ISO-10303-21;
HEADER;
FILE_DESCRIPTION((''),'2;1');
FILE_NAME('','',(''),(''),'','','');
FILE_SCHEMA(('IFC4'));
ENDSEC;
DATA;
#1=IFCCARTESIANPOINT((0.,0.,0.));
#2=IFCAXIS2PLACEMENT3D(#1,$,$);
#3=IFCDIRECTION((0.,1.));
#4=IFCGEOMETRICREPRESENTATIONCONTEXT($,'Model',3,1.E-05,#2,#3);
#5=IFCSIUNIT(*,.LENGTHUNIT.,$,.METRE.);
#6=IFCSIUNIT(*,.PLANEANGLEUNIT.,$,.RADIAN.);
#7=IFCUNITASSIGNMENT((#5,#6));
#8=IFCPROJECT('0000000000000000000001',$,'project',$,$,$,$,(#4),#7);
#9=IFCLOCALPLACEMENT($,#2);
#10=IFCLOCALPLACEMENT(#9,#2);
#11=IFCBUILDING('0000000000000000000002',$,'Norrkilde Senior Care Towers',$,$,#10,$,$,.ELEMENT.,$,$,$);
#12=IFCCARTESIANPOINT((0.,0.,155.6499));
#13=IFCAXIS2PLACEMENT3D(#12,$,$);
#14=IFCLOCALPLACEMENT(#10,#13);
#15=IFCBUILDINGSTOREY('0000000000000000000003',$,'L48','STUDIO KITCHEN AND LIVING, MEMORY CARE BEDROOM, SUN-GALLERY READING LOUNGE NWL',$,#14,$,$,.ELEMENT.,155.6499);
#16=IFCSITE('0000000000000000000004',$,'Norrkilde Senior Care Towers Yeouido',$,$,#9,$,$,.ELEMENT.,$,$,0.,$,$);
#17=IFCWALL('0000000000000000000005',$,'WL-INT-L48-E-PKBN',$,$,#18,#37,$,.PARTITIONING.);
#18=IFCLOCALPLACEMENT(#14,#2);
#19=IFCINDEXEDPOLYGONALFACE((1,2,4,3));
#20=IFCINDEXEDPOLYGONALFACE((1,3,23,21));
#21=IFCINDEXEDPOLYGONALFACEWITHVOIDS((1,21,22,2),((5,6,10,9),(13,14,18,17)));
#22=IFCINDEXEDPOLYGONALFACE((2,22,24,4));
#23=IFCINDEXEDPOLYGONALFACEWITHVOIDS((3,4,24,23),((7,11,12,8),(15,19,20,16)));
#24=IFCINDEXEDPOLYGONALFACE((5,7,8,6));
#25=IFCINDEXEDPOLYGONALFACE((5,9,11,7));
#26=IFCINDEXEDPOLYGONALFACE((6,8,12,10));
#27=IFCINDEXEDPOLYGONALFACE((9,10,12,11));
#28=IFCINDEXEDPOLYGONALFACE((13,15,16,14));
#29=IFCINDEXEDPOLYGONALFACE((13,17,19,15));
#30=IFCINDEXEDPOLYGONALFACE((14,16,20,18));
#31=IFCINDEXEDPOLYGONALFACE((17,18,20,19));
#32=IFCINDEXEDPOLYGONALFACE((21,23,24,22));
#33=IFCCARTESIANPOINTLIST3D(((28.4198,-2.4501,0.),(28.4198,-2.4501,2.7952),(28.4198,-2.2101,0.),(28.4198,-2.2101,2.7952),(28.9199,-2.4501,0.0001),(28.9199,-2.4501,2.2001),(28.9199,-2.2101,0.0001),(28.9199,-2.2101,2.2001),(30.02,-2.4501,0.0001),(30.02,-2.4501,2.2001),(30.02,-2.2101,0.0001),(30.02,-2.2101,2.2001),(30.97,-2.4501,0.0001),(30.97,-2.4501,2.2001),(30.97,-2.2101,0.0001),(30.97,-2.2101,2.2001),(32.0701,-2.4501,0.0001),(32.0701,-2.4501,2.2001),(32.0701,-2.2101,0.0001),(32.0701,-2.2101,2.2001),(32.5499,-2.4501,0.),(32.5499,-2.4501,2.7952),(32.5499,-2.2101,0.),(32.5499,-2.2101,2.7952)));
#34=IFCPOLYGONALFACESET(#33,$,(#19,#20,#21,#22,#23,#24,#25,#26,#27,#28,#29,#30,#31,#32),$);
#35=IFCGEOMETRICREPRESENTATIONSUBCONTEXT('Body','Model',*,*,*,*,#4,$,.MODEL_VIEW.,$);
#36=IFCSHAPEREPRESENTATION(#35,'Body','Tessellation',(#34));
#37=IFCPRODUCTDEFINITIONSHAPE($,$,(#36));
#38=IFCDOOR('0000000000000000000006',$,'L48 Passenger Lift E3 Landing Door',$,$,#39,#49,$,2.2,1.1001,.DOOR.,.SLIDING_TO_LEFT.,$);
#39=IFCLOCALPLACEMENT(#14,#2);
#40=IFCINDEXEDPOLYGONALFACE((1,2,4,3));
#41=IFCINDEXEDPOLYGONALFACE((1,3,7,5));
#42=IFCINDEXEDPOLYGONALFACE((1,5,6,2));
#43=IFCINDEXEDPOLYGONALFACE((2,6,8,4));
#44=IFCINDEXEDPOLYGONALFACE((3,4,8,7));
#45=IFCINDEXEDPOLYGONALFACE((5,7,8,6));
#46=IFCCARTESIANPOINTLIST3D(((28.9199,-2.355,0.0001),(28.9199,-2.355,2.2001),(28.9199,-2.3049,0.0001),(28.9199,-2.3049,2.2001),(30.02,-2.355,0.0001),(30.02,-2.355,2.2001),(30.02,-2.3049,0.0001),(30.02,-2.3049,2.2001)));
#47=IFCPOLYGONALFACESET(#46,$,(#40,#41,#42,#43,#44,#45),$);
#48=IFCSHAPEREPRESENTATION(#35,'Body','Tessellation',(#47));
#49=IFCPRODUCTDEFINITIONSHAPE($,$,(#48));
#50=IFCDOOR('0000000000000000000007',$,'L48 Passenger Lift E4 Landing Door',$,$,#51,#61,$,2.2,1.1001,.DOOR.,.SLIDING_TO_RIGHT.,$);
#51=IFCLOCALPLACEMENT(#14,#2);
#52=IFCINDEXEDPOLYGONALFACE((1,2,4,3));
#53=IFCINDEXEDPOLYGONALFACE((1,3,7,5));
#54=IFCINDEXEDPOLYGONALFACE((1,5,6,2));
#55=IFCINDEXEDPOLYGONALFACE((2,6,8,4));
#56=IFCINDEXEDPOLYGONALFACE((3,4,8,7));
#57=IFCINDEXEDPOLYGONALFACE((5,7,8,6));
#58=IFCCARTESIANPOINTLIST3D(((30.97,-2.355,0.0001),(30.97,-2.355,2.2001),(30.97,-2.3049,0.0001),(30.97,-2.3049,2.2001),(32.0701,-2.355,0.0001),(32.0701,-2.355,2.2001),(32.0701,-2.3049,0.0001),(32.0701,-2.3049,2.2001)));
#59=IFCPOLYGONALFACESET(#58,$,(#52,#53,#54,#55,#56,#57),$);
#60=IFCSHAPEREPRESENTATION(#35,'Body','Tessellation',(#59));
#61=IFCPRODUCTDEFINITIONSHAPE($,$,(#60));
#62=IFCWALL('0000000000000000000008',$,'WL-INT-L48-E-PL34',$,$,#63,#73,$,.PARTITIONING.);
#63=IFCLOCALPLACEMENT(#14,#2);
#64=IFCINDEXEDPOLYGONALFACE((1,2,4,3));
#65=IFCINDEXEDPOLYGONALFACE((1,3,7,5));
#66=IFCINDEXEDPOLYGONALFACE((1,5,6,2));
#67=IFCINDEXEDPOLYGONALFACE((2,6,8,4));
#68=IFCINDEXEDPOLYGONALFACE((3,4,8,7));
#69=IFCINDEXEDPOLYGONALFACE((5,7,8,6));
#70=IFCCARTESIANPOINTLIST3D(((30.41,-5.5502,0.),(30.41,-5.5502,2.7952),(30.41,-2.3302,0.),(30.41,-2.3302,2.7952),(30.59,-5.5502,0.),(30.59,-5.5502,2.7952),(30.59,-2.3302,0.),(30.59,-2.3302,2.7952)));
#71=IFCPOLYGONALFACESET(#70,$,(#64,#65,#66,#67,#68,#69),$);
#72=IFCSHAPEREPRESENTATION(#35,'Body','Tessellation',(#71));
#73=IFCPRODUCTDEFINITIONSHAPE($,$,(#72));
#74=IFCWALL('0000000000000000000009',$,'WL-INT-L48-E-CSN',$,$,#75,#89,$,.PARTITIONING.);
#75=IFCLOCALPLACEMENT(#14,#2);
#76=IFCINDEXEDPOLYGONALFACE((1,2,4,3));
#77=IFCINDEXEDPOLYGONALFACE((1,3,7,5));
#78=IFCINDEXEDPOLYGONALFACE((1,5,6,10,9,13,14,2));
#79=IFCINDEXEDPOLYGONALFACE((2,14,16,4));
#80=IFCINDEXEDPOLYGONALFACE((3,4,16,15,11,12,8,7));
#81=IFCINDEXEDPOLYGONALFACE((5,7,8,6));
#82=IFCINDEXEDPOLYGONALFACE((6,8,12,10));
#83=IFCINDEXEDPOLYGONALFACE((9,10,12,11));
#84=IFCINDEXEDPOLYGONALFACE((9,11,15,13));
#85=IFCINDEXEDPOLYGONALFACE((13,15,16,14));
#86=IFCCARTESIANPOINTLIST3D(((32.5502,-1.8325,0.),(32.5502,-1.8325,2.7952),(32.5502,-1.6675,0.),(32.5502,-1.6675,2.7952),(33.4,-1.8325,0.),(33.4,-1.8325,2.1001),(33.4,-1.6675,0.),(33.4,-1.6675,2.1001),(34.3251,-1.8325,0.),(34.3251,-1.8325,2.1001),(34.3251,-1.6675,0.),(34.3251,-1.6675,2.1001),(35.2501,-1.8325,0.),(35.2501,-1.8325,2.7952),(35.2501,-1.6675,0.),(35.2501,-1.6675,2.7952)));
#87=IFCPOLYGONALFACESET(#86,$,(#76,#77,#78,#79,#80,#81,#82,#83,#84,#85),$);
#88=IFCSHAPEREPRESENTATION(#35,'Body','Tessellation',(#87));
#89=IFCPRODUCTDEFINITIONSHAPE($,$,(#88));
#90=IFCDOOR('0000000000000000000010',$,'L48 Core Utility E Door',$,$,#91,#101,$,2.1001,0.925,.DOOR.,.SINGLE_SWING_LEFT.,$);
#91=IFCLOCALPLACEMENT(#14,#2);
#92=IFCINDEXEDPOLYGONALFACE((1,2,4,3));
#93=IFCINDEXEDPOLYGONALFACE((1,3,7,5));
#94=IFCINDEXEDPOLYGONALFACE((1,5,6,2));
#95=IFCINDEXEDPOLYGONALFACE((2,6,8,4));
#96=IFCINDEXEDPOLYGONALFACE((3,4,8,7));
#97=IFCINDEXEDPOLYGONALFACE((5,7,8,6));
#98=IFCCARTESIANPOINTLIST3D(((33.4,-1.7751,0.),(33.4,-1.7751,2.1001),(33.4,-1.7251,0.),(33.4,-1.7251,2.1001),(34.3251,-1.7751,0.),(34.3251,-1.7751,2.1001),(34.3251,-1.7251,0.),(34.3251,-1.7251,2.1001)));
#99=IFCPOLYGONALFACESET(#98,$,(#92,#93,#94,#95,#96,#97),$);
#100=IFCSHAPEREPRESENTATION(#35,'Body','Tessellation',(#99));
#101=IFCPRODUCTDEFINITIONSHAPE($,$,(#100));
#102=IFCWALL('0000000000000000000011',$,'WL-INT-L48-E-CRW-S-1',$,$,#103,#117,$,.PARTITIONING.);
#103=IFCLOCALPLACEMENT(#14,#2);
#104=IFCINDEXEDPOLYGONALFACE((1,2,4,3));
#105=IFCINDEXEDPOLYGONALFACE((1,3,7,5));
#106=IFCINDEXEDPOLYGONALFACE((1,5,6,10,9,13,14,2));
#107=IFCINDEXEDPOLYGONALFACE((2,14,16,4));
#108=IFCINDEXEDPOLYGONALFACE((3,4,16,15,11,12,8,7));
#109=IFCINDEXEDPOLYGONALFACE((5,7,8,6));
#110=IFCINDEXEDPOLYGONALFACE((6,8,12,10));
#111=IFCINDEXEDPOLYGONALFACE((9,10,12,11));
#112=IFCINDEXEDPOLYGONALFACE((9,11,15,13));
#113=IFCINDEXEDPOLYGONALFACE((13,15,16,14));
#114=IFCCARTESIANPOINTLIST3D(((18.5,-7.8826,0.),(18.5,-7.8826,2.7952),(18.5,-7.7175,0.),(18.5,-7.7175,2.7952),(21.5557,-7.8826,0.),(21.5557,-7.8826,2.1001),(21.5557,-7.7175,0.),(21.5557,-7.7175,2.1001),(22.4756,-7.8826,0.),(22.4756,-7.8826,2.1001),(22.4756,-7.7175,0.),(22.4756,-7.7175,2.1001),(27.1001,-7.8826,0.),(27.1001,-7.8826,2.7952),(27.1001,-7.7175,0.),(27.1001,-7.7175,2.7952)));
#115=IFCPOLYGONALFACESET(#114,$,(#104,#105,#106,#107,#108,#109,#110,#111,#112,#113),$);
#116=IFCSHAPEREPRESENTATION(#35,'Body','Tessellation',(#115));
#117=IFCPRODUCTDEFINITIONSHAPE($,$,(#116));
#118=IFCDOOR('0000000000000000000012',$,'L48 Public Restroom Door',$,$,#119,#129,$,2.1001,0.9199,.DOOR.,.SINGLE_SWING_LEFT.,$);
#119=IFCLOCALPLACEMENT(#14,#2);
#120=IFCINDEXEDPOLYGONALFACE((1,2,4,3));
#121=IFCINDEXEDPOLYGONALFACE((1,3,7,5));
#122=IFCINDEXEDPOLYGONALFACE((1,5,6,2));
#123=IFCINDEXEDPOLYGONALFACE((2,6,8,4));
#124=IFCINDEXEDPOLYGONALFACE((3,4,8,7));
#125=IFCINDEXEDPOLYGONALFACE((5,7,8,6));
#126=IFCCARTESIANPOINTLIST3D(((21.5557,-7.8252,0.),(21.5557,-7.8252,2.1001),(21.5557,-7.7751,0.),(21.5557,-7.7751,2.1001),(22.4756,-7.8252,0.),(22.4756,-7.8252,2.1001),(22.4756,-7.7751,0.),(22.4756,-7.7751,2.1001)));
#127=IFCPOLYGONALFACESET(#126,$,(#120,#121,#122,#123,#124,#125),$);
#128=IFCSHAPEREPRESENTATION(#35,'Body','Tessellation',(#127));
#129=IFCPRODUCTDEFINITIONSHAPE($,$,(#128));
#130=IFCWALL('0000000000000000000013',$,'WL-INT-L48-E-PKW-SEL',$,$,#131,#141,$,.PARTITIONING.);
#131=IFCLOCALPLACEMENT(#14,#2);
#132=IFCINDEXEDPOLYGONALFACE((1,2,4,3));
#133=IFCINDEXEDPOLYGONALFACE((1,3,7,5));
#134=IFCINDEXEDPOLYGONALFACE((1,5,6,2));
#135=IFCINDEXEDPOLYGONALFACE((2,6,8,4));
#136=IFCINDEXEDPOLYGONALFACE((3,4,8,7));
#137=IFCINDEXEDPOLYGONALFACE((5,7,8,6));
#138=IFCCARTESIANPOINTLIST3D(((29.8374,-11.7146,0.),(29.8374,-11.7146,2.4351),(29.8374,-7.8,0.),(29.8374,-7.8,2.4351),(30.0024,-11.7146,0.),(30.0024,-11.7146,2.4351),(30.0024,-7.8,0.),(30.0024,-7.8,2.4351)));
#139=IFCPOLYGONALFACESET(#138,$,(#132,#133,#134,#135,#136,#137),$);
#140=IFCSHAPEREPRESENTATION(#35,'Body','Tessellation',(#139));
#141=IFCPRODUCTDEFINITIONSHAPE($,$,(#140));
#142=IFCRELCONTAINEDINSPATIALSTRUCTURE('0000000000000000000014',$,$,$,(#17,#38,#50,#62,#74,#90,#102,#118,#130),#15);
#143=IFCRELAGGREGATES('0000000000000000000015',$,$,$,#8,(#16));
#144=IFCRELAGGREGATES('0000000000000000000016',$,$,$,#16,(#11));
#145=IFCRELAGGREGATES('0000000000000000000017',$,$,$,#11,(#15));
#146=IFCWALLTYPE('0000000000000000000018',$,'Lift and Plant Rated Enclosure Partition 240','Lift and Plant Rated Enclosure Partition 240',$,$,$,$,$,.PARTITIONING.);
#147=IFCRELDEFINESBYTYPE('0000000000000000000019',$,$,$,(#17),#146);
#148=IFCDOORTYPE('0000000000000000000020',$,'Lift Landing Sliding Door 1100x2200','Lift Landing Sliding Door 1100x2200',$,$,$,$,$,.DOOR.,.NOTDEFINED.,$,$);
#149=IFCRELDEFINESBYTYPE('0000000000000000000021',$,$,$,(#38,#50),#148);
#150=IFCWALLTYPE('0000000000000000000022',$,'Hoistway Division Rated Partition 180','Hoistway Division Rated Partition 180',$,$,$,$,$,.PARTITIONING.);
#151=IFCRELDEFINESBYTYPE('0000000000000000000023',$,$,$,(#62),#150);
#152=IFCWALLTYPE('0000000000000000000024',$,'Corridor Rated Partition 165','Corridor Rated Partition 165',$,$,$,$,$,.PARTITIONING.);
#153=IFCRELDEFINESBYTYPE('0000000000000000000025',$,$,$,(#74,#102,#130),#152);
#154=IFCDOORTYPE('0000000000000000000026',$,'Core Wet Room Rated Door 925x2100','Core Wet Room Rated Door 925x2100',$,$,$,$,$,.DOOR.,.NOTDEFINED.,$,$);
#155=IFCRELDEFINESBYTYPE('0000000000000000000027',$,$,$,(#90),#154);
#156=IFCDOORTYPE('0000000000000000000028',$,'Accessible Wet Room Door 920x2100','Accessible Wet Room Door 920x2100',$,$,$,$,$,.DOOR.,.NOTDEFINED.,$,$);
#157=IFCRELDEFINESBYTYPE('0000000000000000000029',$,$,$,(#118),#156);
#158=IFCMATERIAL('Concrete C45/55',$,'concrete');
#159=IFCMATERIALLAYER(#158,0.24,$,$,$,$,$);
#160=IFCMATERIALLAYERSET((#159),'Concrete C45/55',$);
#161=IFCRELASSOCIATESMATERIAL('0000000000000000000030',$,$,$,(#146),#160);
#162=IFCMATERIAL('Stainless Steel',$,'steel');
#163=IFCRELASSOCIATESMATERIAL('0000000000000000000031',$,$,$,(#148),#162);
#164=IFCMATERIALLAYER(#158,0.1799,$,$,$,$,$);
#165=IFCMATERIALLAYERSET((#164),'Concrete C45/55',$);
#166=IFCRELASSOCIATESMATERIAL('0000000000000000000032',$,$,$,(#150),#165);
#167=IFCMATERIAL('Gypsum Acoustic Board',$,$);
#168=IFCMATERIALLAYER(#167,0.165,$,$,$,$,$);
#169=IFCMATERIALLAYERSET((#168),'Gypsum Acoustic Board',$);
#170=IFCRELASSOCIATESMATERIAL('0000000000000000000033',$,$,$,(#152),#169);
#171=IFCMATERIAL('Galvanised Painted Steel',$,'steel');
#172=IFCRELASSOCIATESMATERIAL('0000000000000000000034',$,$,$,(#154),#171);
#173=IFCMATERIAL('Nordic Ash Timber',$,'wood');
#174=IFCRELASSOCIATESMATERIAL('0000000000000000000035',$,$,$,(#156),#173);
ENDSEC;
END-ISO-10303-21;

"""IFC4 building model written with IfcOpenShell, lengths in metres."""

from ifc_helpers import new_model, si_unit, direction, frame, frame_2d, origin, place, context, subcontext, project, spatial, rectangle, extrude, source, transform, mapped, material, layer, layer_set, type_object, type_shapes, element, fill, save


model = new_model("IFC4")

# Units and contexts
model_context = context("Model", 3, precision=1e-05, world=origin(), true_north=direction((0.0, 1.0)))
body_context = subcontext(model_context, "Body", "Model", "MODEL_VIEW")
ifc_project = project(units=[si_unit("LENGTHUNIT", "METRE"), si_unit("PLANEANGLEUNIT", "RADIAN")], contexts=[model_context])

# Site, building, storey
site_placement = place(None, origin())
site = spatial("IfcSite", under=ifc_project, at=site_placement, Name="Norrkilde Senior Care Towers Yeouido", CompositionType="ELEMENT", RefElevation=0.0)
building_placement = place(site_placement, origin())
building = spatial("IfcBuilding", under=site, at=building_placement, Name="Norrkilde Senior Care Towers", CompositionType="ELEMENT")
storey_placement = place(building_placement, frame((0.0, 0.0, 155.6499)))
storey = spatial("IfcBuildingStorey", under=building, at=storey_placement, Name="L48", Description="STUDIO KITCHEN AND LIVING, MEMORY CARE BEDROOM, SUN-GALLERY READING LOUNGE NWL", CompositionType="ELEMENT", Elevation=155.6499)

# Shared definitions
ifc_material_1 = material(Name="Concrete C45/55", Category="concrete")

# Shared definitions
ifc_material_2 = material(Name="Galvanised Painted Steel", Category="steel")

# Wall, openings, doors
ifc_layer_1 = layer(ifc_material_1, 0.24)
ifc_layer_set_1 = layer_set([ifc_layer_1], Name="Concrete C45/55")
wall_type_1 = type_object("IfcWallType", Name="Lift and Plant Rated Enclosure Partition 240", Description="Lift and Plant Rated Enclosure Partition 240", PredefinedType="PARTITIONING", material=ifc_layer_set_1)
shared_shape_1 = source(origin(), body_context, "Body", "SweptSolid", [
    extrude(rectangle(XDim=4.1301, YDim=0.24, at=frame_2d((2.0649, 0.0))), origin(), (0.0, 0.0, 1.0), 2.7952),
])
type_shapes(wall_type_1, [shared_shape_1])
wall_1_placement = place(storey_placement, frame((28.4199, -2.3301, 0.0), z_axis=(0.0, 0.0, 1.0), x_axis=(1.0, 0.0, 0.0)))
wall_1 = element("IfcWall", 1, at=wall_1_placement, inside=storey, type_object=wall_type_1, Name="WL-INT-L48-E-PKBN", PredefinedType="PARTITIONING", context=body_context, shape_type="MappedRepresentation", body=[
    mapped(shared_shape_1, transform((0.0, 0.0, 0.0), x_axis=(1.0, 0.0, 0.0), y_axis=(0.0, 1.0, 0.0), z_axis=(0.0, 0.0, 1.0), scale=1.0)),
])
opening_1_placement = place(wall_1_placement, frame((0.5, 0.0, 0.0)))
opening_1 = element("IfcOpeningElement", 2, at=opening_1_placement, cuts=wall_1, PredefinedType="OPENING", context=body_context, shape_type="SweptSolid", body=[
    extrude(rectangle(XDim=1.1001, YDim=2.2, at=frame_2d((0.55, 1.1001))), frame((0.0, 0.1299, 0.0), z_axis=(0.0, -1.0, 0.0), x_axis=(1.0, 0.0, 0.0)), (0.0, 0.0, 1.0), 0.26),
])
opening_2_placement = place(wall_1_placement, frame((2.55, 0.0, 0.0)))
opening_2 = element("IfcOpeningElement", 3, at=opening_2_placement, cuts=wall_1, PredefinedType="OPENING", context=body_context, shape_type="SweptSolid", body=[
    extrude(rectangle(XDim=1.1001, YDim=2.2, at=frame_2d((0.55, 1.1001))), frame((0.0, 0.1299, 0.0), z_axis=(0.0, -1.0, 0.0), x_axis=(1.0, 0.0, 0.0)), (0.0, 0.0, 1.0), 0.26),
])
ifc_material_3 = material(Name="Stainless Steel", Category="steel")
door_type_1 = type_object("IfcDoorType", Name="Lift Landing Sliding Door 1100x2200", Description="Lift Landing Sliding Door 1100x2200", OperationType="NOTDEFINED", PredefinedType="DOOR", material=ifc_material_3)
shared_shape_2 = source(origin(), body_context, "Body", "SweptSolid", [
    extrude(rectangle(XDim=1.1001, YDim=2.2, at=frame_2d((0.55, 1.1001))), frame((0.0, 0.0249, 0.0), z_axis=(0.0, -1.0, 0.0), x_axis=(1.0, 0.0, 0.0)), (0.0, 0.0, 1.0), 0.05),
])
type_shapes(door_type_1, [shared_shape_2])
door_1_placement = place(opening_1_placement, frame((1.1001, 0.0, 0.0), z_axis=(0.0, 0.0, 1.0), x_axis=(-1.0, 0.0, 0.0)))
door_1 = element("IfcDoor", 4, at=door_1_placement, inside=storey, type_object=door_type_1, Name="L48 Passenger Lift E3 Landing Door", OperationType="SLIDING_TO_LEFT", OverallHeight=2.2, OverallWidth=1.1001, PredefinedType="DOOR", context=body_context, shape_type="MappedRepresentation", body=[
    mapped(shared_shape_2, transform((0.0, 0.0, 0.0), x_axis=(1.0, 0.0, 0.0), y_axis=(0.0, 1.0, 0.0), z_axis=(0.0, 0.0, 1.0), scale=1.0)),
])
fill(opening_1, door_1)
door_2_placement = place(opening_2_placement, frame((1.1001, 0.0, 0.0), z_axis=(0.0, 0.0, 1.0), x_axis=(-1.0, 0.0, 0.0)))
door_2 = element("IfcDoor", 5, at=door_2_placement, inside=storey, type_object=door_type_1, Name="L48 Passenger Lift E4 Landing Door", OperationType="SLIDING_TO_RIGHT", OverallHeight=2.2, OverallWidth=1.1001, PredefinedType="DOOR", context=body_context, shape_type="MappedRepresentation", body=[
    mapped(shared_shape_2, transform((0.0, 0.0, 0.0), x_axis=(1.0, 0.0, 0.0), y_axis=(0.0, 1.0, 0.0), z_axis=(0.0, 0.0, 1.0), scale=1.0)),
])
fill(opening_2, door_2)

# Wall
ifc_layer_2 = layer(ifc_material_1, 0.1799)
ifc_layer_set_2 = layer_set([ifc_layer_2], Name="Concrete C45/55")
wall_type_2 = type_object("IfcWallType", Name="Hoistway Division Rated Partition 180", Description="Hoistway Division Rated Partition 180", PredefinedType="PARTITIONING", material=ifc_layer_set_2)
shared_shape_3 = source(origin(), body_context, "Body", "SweptSolid", [
    extrude(rectangle(XDim=3.22, YDim=0.1799, at=frame_2d((1.6099, 0.0))), origin(), (0.0, 0.0, 1.0), 2.7952),
])
type_shapes(wall_type_2, [shared_shape_3])
wall_2_placement = place(storey_placement, frame((30.5, -5.55, 0.0), z_axis=(0.0, 0.0, 1.0), x_axis=(0.0, 1.0, 0.0)))
element("IfcWall", 6, at=wall_2_placement, inside=storey, type_object=wall_type_2, Name="WL-INT-L48-E-PL34", PredefinedType="PARTITIONING", context=body_context, shape_type="MappedRepresentation", body=[
    mapped(shared_shape_3, transform((0.0, 0.0, 0.0), x_axis=(1.0, 0.0, 0.0), y_axis=(0.0, 1.0, 0.0), z_axis=(0.0, 0.0, 1.0), scale=1.0)),
])

# Walls, openings, doors
ifc_material_4 = material(Name="Gypsum Acoustic Board")
ifc_layer_3 = layer(ifc_material_4, 0.165)
ifc_layer_set_3 = layer_set([ifc_layer_3], Name="Gypsum Acoustic Board")
wall_type_3 = type_object("IfcWallType", Name="Corridor Rated Partition 165", Description="Corridor Rated Partition 165", PredefinedType="PARTITIONING", material=ifc_layer_set_3)
shared_shape_4 = source(origin(), body_context, "Body", "SweptSolid", [
    extrude(rectangle(XDim=2.7, YDim=0.165, at=frame_2d((1.3501, 0.0))), origin(), (0.0, 0.0, 1.0), 2.7952),
])
wall_3_placement = place(storey_placement, frame((32.55, -1.75, 0.0), z_axis=(0.0, 0.0, 1.0), x_axis=(1.0, 0.0, 0.0)))
wall_3 = element("IfcWall", 7, at=wall_3_placement, inside=storey, type_object=wall_type_3, Name="WL-INT-L48-E-CSN", PredefinedType="PARTITIONING", context=body_context, shape_type="MappedRepresentation", body=[
    mapped(shared_shape_4, transform((0.0, 0.0, 0.0), x_axis=(1.0, 0.0, 0.0), y_axis=(0.0, 1.0, 0.0), z_axis=(0.0, 0.0, 1.0), scale=1.0)),
])
opening_3_placement = place(wall_3_placement, frame((0.8501, 0.0, 0.0)))
opening_3 = element("IfcOpeningElement", 8, at=opening_3_placement, cuts=wall_3, PredefinedType="OPENING", context=body_context, shape_type="SweptSolid", body=[
    extrude(rectangle(XDim=0.925, YDim=2.1001, at=frame_2d((0.4624, 1.05))), frame((0.0, 0.0925, 0.0), z_axis=(0.0, -1.0, 0.0), x_axis=(1.0, 0.0, 0.0)), (0.0, 0.0, 1.0), 0.1851),
])
door_type_2 = type_object("IfcDoorType", Name="Core Wet Room Rated Door 925x2100", Description="Core Wet Room Rated Door 925x2100", OperationType="NOTDEFINED", PredefinedType="DOOR", material=ifc_material_2)
shared_shape_5 = source(origin(), body_context, "Body", "SweptSolid", [
    extrude(rectangle(XDim=0.925, YDim=2.1001, at=frame_2d((0.4624, 1.05))), frame((0.0, 0.0249, 0.0), z_axis=(0.0, -1.0, 0.0), x_axis=(1.0, 0.0, 0.0)), (0.0, 0.0, 1.0), 0.05),
])
type_shapes(door_type_2, [shared_shape_5])
door_3_placement = place(opening_3_placement, origin())
door_3 = element("IfcDoor", 9, at=door_3_placement, inside=storey, type_object=door_type_2, Name="L48 Core Utility E Door", OperationType="SINGLE_SWING_LEFT", OverallHeight=2.1001, OverallWidth=0.925, PredefinedType="DOOR", context=body_context, shape_type="MappedRepresentation", body=[
    mapped(shared_shape_5, transform((0.0, 0.0, 0.0), x_axis=(1.0, 0.0, 0.0), y_axis=(0.0, 1.0, 0.0), z_axis=(0.0, 0.0, 1.0), scale=1.0)),
])
fill(opening_3, door_3)
shared_shape_6 = source(origin(), body_context, "Body", "SweptSolid", [
    extrude(rectangle(XDim=8.6001, YDim=0.165, at=frame_2d((4.3, 0.0))), origin(), (0.0, 0.0, 1.0), 2.7952),
])
wall_4_placement = place(storey_placement, frame((27.1001, -7.8, 0.0), z_axis=(0.0, 0.0, 1.0), x_axis=(-1.0, 0.0, 0.0)))
wall_4 = element("IfcWall", 10, at=wall_4_placement, inside=storey, type_object=wall_type_3, Name="WL-INT-L48-E-CRW-S-1", PredefinedType="PARTITIONING", context=body_context, shape_type="MappedRepresentation", body=[
    mapped(shared_shape_6, transform((0.0, 0.0, 0.0), x_axis=(1.0, 0.0, 0.0), y_axis=(0.0, 1.0, 0.0), z_axis=(0.0, 0.0, 1.0), scale=1.0)),
])
opening_4_placement = place(wall_4_placement, frame((4.6245, 0.0, 0.0)))
opening_4 = element("IfcOpeningElement", 11, at=opening_4_placement, cuts=wall_4, PredefinedType="OPENING", context=body_context, shape_type="SweptSolid", body=[
    extrude(rectangle(XDim=0.9199, YDim=2.1001, at=frame_2d((0.46, 1.05))), frame((0.0, 0.0925, 0.0), z_axis=(0.0, -1.0, 0.0), x_axis=(1.0, 0.0, 0.0)), (0.0, 0.0, 1.0), 0.1851),
])
ifc_material_5 = material(Name="Nordic Ash Timber", Category="wood")
door_type_3 = type_object("IfcDoorType", Name="Accessible Wet Room Door 920x2100", Description="Accessible Wet Room Door 920x2100", OperationType="NOTDEFINED", PredefinedType="DOOR", material=ifc_material_5)
shared_shape_7 = source(origin(), body_context, "Body", "SweptSolid", [
    extrude(rectangle(XDim=0.9199, YDim=2.1001, at=frame_2d((0.46, 1.05))), frame((0.0, 0.0249, 0.0), z_axis=(0.0, -1.0, 0.0), x_axis=(1.0, 0.0, 0.0)), (0.0, 0.0, 1.0), 0.05),
])
type_shapes(door_type_3, [shared_shape_7])
door_4_placement = place(opening_4_placement, frame((0.9199, 0.0, 0.0), z_axis=(0.0, 0.0, 1.0), x_axis=(-1.0, 0.0, 0.0)))
door_4 = element("IfcDoor", 12, at=door_4_placement, inside=storey, type_object=door_type_3, Name="L48 Public Restroom Door", OperationType="SINGLE_SWING_LEFT", OverallHeight=2.1001, OverallWidth=0.9199, PredefinedType="DOOR", context=body_context, shape_type="MappedRepresentation", body=[
    mapped(shared_shape_7, transform((0.0, 0.0, 0.0), x_axis=(1.0, 0.0, 0.0), y_axis=(0.0, 1.0, 0.0), z_axis=(0.0, 0.0, 1.0), scale=1.0)),
])
fill(opening_4, door_4)

# Wall
shared_shape_8 = source(origin(), body_context, "Body", "SweptSolid", [
    extrude(rectangle(XDim=3.9146, YDim=0.165, at=frame_2d((1.9573, 0.0))), origin(), (0.0, 0.0, 1.0), 2.4351),
])
wall_5_placement = place(storey_placement, frame((29.9199, -11.7146, 0.0), z_axis=(0.0, 0.0, 1.0), x_axis=(0.0, 1.0, 0.0)))
element("IfcWall", 13, at=wall_5_placement, inside=storey, type_object=wall_type_3, Name="WL-INT-L48-E-PKW-SEL", PredefinedType="PARTITIONING", context=body_context, shape_type="MappedRepresentation", body=[
    mapped(shared_shape_8, transform((0.0, 0.0, 0.0), x_axis=(1.0, 0.0, 0.0), y_axis=(0.0, 1.0, 0.0), z_axis=(0.0, 0.0, 1.0), scale=1.0)),
])

save(model, "model.ifc")
